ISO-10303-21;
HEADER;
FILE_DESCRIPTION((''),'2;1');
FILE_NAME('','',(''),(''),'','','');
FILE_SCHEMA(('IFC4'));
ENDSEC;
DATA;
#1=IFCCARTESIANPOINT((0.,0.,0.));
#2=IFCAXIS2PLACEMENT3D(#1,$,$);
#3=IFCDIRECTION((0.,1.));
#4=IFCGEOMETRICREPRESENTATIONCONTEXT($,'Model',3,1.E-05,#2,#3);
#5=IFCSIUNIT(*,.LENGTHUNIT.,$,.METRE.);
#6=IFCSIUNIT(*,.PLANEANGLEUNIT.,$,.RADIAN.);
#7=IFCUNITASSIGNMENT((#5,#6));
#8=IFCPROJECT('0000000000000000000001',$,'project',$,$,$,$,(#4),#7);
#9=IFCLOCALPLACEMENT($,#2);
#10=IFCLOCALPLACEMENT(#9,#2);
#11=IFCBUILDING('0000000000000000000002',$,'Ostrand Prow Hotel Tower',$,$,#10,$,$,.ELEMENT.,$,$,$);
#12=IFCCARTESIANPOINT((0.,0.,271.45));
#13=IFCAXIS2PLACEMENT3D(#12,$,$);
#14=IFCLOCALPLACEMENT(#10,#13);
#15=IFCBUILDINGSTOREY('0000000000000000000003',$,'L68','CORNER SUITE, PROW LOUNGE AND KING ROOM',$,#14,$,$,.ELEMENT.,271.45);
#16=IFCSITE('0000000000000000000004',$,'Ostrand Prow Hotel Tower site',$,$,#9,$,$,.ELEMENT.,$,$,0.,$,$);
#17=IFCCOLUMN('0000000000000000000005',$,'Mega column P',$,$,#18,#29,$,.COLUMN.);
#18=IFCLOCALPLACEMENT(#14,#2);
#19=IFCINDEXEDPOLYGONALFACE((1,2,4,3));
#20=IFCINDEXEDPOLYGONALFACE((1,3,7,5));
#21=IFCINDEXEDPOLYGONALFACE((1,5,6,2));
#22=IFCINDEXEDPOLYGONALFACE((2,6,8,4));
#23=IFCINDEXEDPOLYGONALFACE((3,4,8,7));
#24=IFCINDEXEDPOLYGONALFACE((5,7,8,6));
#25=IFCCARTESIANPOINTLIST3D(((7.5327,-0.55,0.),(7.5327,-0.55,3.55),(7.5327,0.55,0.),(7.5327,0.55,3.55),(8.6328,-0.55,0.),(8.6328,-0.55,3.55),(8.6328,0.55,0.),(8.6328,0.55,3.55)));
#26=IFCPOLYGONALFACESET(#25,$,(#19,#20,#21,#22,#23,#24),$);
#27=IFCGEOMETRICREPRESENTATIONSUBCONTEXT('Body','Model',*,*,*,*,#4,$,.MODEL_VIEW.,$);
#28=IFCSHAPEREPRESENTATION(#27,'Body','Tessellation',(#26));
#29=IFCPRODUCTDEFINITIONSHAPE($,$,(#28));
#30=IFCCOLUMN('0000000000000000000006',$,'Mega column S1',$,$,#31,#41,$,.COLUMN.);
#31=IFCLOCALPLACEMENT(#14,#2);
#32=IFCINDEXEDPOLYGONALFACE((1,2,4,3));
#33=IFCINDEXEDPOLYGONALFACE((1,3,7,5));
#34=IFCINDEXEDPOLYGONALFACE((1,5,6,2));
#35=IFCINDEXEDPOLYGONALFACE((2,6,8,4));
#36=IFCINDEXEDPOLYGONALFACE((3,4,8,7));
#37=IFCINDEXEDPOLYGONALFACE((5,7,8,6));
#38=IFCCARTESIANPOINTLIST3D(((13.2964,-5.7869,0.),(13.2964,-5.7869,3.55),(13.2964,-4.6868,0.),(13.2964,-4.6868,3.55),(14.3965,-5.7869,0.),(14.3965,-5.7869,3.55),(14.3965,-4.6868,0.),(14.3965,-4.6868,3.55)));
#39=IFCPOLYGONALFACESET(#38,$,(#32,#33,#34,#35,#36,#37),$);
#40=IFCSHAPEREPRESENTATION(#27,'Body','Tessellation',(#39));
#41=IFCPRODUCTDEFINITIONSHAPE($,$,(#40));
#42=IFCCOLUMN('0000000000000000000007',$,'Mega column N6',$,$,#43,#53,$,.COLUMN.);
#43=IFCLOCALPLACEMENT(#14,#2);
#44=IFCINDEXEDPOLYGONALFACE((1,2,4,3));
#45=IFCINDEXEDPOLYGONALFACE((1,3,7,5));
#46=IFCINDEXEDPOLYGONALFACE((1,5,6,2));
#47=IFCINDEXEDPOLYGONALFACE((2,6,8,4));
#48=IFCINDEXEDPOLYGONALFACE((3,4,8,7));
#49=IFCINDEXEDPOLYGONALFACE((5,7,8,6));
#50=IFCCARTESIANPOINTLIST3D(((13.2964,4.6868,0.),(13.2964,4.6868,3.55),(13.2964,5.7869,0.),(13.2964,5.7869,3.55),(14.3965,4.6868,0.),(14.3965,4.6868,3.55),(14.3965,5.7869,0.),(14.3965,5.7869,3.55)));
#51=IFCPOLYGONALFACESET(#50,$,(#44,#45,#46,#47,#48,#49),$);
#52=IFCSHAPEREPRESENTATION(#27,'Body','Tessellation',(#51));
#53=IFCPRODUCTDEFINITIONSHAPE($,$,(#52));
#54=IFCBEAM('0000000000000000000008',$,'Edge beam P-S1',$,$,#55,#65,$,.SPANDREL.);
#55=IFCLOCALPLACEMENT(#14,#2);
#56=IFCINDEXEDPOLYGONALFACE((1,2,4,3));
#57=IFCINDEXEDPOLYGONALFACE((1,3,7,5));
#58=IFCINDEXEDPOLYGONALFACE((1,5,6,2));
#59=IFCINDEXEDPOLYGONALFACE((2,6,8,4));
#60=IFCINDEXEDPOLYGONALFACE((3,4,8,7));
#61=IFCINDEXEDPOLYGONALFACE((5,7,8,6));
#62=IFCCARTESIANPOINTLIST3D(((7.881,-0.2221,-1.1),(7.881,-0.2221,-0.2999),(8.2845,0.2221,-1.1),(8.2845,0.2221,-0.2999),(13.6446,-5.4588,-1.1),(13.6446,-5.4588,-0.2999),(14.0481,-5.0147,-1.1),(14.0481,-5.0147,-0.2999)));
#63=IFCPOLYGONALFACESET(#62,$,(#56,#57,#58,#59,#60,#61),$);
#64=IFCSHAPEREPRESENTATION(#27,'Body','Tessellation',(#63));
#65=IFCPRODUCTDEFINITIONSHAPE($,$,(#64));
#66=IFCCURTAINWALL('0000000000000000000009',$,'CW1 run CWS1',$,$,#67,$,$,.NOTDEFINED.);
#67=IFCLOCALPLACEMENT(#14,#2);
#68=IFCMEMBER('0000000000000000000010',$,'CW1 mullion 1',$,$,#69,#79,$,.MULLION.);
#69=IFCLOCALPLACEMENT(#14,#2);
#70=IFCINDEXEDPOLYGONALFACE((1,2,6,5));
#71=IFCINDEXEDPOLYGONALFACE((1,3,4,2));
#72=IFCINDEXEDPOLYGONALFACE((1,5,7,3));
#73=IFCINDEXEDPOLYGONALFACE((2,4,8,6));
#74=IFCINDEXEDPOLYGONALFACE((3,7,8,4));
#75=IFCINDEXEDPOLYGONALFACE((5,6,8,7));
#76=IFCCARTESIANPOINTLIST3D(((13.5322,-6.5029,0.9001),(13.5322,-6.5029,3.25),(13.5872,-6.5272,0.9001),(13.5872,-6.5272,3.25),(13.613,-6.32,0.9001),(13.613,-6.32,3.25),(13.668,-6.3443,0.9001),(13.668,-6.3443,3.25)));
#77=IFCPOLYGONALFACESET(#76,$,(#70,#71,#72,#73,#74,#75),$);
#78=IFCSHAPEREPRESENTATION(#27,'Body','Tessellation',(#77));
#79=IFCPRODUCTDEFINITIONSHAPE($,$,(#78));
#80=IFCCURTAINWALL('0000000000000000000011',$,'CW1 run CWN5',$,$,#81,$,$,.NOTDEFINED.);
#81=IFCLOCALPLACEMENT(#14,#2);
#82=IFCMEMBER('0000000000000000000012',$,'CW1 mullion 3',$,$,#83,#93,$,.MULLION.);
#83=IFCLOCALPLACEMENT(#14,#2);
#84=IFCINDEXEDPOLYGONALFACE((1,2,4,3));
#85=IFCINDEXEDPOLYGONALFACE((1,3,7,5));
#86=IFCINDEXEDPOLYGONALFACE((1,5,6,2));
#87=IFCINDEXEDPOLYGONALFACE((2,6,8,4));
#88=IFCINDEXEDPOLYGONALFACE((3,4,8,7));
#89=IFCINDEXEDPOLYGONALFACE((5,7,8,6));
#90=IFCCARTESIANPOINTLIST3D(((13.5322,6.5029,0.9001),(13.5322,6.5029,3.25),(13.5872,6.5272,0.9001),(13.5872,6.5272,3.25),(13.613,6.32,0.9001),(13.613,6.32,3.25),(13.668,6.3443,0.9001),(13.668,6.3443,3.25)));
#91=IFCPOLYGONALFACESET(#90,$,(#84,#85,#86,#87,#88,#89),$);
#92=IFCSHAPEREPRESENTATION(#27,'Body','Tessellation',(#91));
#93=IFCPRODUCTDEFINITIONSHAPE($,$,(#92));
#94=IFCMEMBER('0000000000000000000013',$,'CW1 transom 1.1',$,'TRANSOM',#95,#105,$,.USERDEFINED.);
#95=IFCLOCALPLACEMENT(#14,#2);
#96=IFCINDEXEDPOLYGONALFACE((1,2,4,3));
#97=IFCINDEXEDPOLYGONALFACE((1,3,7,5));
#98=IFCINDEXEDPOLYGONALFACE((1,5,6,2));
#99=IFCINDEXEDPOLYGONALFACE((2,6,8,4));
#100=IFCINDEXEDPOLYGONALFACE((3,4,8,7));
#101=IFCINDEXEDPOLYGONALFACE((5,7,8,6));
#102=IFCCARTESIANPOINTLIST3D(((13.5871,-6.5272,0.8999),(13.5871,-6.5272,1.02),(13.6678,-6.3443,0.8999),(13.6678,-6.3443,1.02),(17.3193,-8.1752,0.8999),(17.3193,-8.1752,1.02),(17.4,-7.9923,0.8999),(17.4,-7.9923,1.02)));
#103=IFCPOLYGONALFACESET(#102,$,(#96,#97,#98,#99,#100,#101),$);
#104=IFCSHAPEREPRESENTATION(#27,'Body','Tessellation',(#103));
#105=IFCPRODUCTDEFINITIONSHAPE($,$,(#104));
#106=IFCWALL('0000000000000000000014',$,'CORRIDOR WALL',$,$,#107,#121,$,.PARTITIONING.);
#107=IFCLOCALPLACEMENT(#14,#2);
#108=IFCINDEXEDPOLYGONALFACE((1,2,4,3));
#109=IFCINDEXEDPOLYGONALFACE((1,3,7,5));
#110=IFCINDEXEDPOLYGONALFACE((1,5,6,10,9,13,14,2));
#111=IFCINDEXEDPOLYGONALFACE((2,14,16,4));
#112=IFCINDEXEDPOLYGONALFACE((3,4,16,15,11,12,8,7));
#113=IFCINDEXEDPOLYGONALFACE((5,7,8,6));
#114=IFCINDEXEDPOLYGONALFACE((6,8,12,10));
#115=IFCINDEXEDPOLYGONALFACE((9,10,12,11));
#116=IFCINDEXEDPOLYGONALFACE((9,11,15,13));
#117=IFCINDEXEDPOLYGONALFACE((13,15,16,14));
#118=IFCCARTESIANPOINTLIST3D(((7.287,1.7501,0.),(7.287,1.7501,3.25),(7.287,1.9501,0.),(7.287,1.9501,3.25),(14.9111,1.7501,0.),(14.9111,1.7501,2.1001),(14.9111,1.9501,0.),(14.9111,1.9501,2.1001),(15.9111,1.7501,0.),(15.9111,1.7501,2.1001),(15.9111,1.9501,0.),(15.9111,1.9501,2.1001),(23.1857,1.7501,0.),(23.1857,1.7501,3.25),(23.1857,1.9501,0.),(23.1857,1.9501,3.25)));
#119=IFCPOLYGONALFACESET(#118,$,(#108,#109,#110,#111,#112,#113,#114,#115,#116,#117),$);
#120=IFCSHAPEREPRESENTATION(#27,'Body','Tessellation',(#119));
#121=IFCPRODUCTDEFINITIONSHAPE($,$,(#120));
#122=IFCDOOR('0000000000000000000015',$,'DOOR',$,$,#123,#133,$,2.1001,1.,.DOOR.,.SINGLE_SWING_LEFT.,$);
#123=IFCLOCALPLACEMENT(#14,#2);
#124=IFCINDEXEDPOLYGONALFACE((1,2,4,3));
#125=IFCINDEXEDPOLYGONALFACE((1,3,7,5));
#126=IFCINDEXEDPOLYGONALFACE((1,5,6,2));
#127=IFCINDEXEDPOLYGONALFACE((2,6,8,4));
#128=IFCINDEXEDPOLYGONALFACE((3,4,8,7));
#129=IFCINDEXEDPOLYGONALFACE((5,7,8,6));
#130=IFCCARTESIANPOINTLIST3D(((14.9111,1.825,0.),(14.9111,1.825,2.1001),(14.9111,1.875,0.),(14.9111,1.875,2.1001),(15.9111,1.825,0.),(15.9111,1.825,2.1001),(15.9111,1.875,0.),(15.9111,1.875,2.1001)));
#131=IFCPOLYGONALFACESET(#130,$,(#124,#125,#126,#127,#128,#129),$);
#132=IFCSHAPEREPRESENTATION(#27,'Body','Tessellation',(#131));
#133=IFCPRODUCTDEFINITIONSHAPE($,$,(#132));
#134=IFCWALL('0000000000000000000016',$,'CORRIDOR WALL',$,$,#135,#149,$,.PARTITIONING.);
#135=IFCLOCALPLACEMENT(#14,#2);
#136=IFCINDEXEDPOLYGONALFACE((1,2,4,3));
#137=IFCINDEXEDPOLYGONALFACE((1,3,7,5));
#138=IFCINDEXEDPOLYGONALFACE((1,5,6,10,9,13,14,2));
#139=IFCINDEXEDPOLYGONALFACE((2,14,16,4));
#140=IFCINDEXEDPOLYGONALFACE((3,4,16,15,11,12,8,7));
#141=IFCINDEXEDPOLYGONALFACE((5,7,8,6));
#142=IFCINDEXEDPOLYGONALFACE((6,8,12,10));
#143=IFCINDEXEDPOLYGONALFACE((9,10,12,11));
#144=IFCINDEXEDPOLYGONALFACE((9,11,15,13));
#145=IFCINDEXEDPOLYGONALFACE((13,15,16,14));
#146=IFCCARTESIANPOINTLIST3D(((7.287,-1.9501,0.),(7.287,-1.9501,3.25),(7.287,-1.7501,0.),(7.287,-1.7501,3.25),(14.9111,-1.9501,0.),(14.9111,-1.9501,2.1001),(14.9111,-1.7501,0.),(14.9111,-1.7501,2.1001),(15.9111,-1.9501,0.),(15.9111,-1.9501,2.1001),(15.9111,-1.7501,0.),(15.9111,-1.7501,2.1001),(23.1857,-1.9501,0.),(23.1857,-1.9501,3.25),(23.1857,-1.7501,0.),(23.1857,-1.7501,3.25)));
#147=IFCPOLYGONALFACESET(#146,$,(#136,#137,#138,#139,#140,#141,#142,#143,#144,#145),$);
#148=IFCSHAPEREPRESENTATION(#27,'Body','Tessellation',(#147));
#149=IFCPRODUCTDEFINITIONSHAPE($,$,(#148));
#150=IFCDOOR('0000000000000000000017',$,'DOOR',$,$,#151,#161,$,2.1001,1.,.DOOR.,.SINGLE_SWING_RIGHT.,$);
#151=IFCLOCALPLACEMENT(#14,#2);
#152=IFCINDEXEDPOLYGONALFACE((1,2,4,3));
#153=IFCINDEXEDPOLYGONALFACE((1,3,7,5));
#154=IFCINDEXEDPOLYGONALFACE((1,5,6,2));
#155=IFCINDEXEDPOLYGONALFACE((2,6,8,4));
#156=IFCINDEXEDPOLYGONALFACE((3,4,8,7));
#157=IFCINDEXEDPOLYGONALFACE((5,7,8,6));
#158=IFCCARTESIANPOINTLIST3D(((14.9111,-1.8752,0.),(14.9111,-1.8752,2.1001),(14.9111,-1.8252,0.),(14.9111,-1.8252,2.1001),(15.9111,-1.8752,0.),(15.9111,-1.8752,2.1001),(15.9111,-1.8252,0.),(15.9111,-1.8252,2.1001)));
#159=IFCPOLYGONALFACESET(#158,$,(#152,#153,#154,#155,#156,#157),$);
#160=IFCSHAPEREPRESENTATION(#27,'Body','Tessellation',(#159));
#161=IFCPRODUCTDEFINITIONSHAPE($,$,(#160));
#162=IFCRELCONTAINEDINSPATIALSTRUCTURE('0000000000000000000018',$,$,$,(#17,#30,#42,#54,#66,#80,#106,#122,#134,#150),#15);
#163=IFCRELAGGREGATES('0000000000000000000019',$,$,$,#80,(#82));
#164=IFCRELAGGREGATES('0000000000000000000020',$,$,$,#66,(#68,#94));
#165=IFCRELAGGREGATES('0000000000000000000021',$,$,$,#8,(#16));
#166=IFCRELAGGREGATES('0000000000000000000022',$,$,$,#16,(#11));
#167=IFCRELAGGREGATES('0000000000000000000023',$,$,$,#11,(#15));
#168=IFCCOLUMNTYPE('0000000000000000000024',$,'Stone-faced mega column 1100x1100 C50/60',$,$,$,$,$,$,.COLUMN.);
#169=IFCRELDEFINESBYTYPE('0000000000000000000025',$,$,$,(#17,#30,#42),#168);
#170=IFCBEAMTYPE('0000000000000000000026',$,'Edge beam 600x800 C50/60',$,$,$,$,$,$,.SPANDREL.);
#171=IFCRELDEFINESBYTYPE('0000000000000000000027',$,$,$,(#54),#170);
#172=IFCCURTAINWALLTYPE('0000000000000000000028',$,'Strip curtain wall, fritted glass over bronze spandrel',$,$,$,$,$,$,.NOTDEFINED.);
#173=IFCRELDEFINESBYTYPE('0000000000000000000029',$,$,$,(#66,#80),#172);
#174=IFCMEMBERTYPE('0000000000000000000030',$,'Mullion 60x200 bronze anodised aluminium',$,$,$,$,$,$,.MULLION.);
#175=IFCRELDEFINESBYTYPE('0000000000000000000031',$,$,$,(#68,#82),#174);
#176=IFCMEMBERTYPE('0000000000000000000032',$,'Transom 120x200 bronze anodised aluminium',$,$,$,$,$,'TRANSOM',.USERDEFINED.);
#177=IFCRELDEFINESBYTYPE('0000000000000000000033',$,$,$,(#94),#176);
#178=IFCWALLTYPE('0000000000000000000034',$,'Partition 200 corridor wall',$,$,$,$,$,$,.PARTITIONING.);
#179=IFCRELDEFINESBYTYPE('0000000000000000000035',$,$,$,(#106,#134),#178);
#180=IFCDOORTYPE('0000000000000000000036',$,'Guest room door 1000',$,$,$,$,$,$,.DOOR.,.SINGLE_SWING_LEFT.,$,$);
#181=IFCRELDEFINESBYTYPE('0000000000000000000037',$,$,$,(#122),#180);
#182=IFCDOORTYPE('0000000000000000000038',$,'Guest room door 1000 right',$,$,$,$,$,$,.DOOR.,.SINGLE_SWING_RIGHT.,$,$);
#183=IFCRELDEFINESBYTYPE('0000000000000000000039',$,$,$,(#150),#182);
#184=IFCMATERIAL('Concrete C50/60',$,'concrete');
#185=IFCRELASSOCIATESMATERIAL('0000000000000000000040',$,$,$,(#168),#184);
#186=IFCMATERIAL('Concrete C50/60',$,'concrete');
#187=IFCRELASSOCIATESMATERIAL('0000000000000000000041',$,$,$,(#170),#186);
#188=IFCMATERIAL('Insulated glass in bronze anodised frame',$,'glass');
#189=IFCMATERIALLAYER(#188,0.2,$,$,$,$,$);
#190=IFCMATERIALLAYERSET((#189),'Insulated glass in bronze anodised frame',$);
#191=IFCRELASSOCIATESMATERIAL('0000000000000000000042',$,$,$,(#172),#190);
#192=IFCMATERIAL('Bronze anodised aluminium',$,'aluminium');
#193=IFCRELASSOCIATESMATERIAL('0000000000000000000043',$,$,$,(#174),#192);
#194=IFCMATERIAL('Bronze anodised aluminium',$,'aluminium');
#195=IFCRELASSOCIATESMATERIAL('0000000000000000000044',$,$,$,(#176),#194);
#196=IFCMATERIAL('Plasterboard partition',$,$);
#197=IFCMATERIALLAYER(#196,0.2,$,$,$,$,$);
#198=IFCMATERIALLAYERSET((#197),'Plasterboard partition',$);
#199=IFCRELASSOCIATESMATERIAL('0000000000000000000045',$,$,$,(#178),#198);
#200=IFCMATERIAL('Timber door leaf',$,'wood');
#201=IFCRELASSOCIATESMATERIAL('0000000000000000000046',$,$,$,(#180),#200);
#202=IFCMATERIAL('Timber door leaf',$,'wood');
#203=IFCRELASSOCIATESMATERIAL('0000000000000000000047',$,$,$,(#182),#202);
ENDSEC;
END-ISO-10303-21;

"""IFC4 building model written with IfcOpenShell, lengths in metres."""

from ifc_helpers import new_model, si_unit, direction, frame, frame_2d, origin, origin_2d, place, context, subcontext, project, spatial, rectangle, extrude, material, layer, layer_set, material_profile, profile_set, type_object, element, fill, aggregate, save


model = new_model("IFC4")

# Units and contexts
model_context = context("Model", 3, precision=1e-05, world=origin(), true_north=direction((0.0, 1.0)))
body_context = subcontext(model_context, "Body", "Model", "MODEL_VIEW")
ifc_project = project(units=[si_unit("LENGTHUNIT", "METRE"), si_unit("PLANEANGLEUNIT", "RADIAN")], contexts=[model_context])

# Site, building, storey
site_placement = place(None, origin())
site = spatial("IfcSite", under=ifc_project, at=site_placement, Name="Ostrand Prow Hotel Tower site", CompositionType="ELEMENT", RefElevation=0.0)
building_placement = place(site_placement, origin())
building = spatial("IfcBuilding", under=site, at=building_placement, Name="Ostrand Prow Hotel Tower", CompositionType="ELEMENT")
storey_placement = place(building_placement, frame((0.0, 0.0, 271.45)))
storey = spatial("IfcBuildingStorey", under=building, at=storey_placement, Name="L68", Description="CORNER SUITE, PROW LOUNGE AND KING ROOM", CompositionType="ELEMENT", Elevation=271.45)

# Columns
ifc_material_1 = material(Name="Concrete C50/60", Category="concrete")
ifc_material_profile_1 = material_profile(ifc_material_1, rectangle(XDim=1.1001, YDim=1.1001, at=origin_2d()), Name="RC 1100x1100")
ifc_profile_set_1 = profile_set([ifc_material_profile_1], Name="Concrete C50/60")
column_type = type_object("IfcColumnType", Name="Stone-faced mega column 1100x1100 C50/60", PredefinedType="COLUMN", material=ifc_profile_set_1)
for number, where, z_axis, x_axis, name in (
    (1, (8.0828, 0.0, 0.0), (0.0, 0.0, 1.0), (1.0, 0.0, 0.0), "Mega column P"),
    (2, (13.8464, -5.2368, 0.0), (0.0, 0.0, 1.0), (1.0, 0.0, 0.0), "Mega column S1"),
    (3, (13.8464, 5.2368, 0.0), (0.0, 0.0, 1.0), (1.0, 0.0, 0.0), "Mega column N6"),
):
    element("IfcColumn", number, at=place(storey_placement, frame(where, z_axis=z_axis, x_axis=x_axis)), inside=storey, type_object=column_type, Name=name, PredefinedType="COLUMN", context=body_context, shape_type="SweptSolid", body=[
        extrude(rectangle(XDim=1.1001, YDim=1.1001, at=origin_2d()), origin(), (0.0, 0.0, 1.0), 3.55),
    ])

# Beam
ifc_material_2 = material(Name="Concrete C50/60", Category="concrete")
ifc_material_profile_2 = material_profile(ifc_material_2, rectangle(XDim=0.6001, YDim=0.8, at=origin_2d()), Name="RC 600x800")
ifc_profile_set_2 = profile_set([ifc_material_profile_2], Name="Concrete C50/60")
beam_type = type_object("IfcBeamType", Name="Edge beam 600x800 C50/60", PredefinedType="SPANDREL", material=ifc_profile_set_2)
beam_placement = place(storey_placement, frame((8.0828, 0.0, -0.7), z_axis=(0.740124, -0.67247, 0.0), x_axis=(0.67247, 0.740124, 0.0)))
element("IfcBeam", 4, at=beam_placement, inside=storey, type_object=beam_type, Name="Edge beam P-S1", PredefinedType="SPANDREL", context=body_context, shape_type="SweptSolid", body=[
    extrude(rectangle(XDim=0.6001, YDim=0.8, at=origin_2d()), origin(), (0.0, 0.0, 1.0), 7.7874),
])

# Curtain walls, members
ifc_material_3 = material(Name="Insulated glass in bronze anodised frame", Category="glass")
ifc_layer_1 = layer(ifc_material_3, 0.2)
ifc_layer_set_1 = layer_set([ifc_layer_1], Name="Insulated glass in bronze anodised frame")
curtain_wall_type = type_object("IfcCurtainWallType", Name="Strip curtain wall, fritted glass over bronze spandrel", PredefinedType="NOTDEFINED", material=ifc_layer_set_1)
curtain_wall_1_placement = place(storey_placement, origin())
curtain_wall_1 = element("IfcCurtainWall", 5, at=curtain_wall_1_placement, inside=storey, type_object=curtain_wall_type, Name="CW1 run CWS1", PredefinedType="NOTDEFINED")
ifc_material_4 = material(Name="Bronze anodised aluminium", Category="aluminium")
ifc_material_profile_3 = material_profile(ifc_material_4, rectangle(XDim=0.2, YDim=0.0601, at=origin_2d()), Name="Mullion 60x200 bronze anodised aluminium")
ifc_profile_set_3 = profile_set([ifc_material_profile_3], Name="Bronze anodised aluminium")
member_type_1 = type_object("IfcMemberType", Name="Mullion 60x200 bronze anodised aluminium", PredefinedType="MULLION", material=ifc_profile_set_3)
member_1_placement = place(storey_placement, frame((13.6001, -6.4236, 0.9001), z_axis=(0.0, 0.0, 1.0), x_axis=(0.40394, 0.914786, 0.0)))
member_1 = element("IfcMember", 6, at=member_1_placement, type_object=member_type_1, Name="CW1 mullion 1", PredefinedType="MULLION", context=body_context, shape_type="SweptSolid", body=[
    extrude(rectangle(XDim=0.2, YDim=0.0601, at=origin_2d()), origin(), (0.0, 0.0, 1.0), 2.3499),
])
curtain_wall_2_placement = place(storey_placement, origin())
curtain_wall_2 = element("IfcCurtainWall", 7, at=curtain_wall_2_placement, inside=storey, type_object=curtain_wall_type, Name="CW1 run CWN5", PredefinedType="NOTDEFINED")
member_2_placement = place(storey_placement, frame((13.6001, 6.4236, 0.9001), z_axis=(0.0, 0.0, 1.0), x_axis=(0.40394, -0.914786, 0.0)))
member_2 = element("IfcMember", 8, at=member_2_placement, type_object=member_type_1, Name="CW1 mullion 3", PredefinedType="MULLION", context=body_context, shape_type="SweptSolid", body=[
    extrude(rectangle(XDim=0.2, YDim=0.0601, at=origin_2d()), origin(), (0.0, 0.0, 1.0), 2.3499),
])
aggregate(curtain_wall_2, [member_2])

# Member
ifc_material_5 = material(Name="Bronze anodised aluminium", Category="aluminium")
ifc_material_profile_4 = material_profile(ifc_material_5, rectangle(XDim=0.2, YDim=0.1201, at=origin_2d()), Name="Transom 120x200 bronze anodised aluminium")
ifc_profile_set_4 = profile_set([ifc_material_profile_4], Name="Bronze anodised aluminium")
member_type_2 = type_object("IfcMemberType", Name="Transom 120x200 bronze anodised aluminium", ElementType="TRANSOM", PredefinedType="USERDEFINED", material=ifc_profile_set_4)
member_3_placement = place(storey_placement, frame((13.6274, -6.4358, 0.96), z_axis=(0.914791, -0.403927, 0.0), x_axis=(0.403927, 0.914791, 0.0)))
member_3 = element("IfcMember", 9, at=member_3_placement, type_object=member_type_2, Name="CW1 transom 1.1", ObjectType="TRANSOM", PredefinedType="USERDEFINED", context=body_context, shape_type="SweptSolid", body=[
    extrude(rectangle(XDim=0.2, YDim=0.1201, at=origin_2d()), origin(), (0.0, 0.0, 1.0), 4.0798),
])
aggregate(curtain_wall_1, [member_1, member_3])

# Walls, openings, doors
ifc_material_6 = material(Name="Plasterboard partition")
ifc_layer_2 = layer(ifc_material_6, 0.2)
ifc_layer_set_2 = layer_set([ifc_layer_2], Name="Plasterboard partition")
wall_type_1 = type_object("IfcWallType", Name="Partition 200 corridor wall", PredefinedType="PARTITIONING", material=ifc_layer_set_2)
wall_1_placement = place(storey_placement, frame((7.2871, 1.8501, 0.0), z_axis=(0.0, 0.0, 1.0), x_axis=(1.0, 0.0, 0.0)))
wall_1 = element("IfcWall", 10, at=wall_1_placement, inside=storey, type_object=wall_type_1, Name="CORRIDOR WALL", PredefinedType="PARTITIONING", context=body_context, shape_type="SweptSolid", body=[
    extrude(rectangle(XDim=15.8987, YDim=0.2, at=frame_2d((7.9492, 0.0))), origin(), (0.0, 0.0, 1.0), 3.25),
])
opening_1_placement = place(wall_1_placement, frame((7.624, 0.0, 0.0)))
opening_1 = element("IfcOpeningElement", 11, at=opening_1_placement, cuts=wall_1, PredefinedType="OPENING", context=body_context, shape_type="SweptSolid", body=[
    extrude(rectangle(XDim=1.0, YDim=2.1001, at=frame_2d((0.5, 1.05))), frame((0.0, 0.1099, 0.0), z_axis=(0.0, -1.0, 0.0), x_axis=(1.0, 0.0, 0.0)), (0.0, 0.0, 1.0), 0.22),
])
ifc_material_7 = material(Name="Timber door leaf", Category="wood")
door_type_1 = type_object("IfcDoorType", Name="Guest room door 1000", OperationType="SINGLE_SWING_LEFT", PredefinedType="DOOR", material=ifc_material_7)
door_1_placement = place(opening_1_placement, origin())
door_1 = element("IfcDoor", 12, at=door_1_placement, inside=storey, type_object=door_type_1, Name="DOOR", OperationType="SINGLE_SWING_LEFT", OverallHeight=2.1001, OverallWidth=1.0, PredefinedType="DOOR", context=body_context, shape_type="SweptSolid", body=[
    extrude(rectangle(XDim=1.0, YDim=2.1001, at=frame_2d((0.5, 1.05))), frame((0.0, 0.0249, 0.0), z_axis=(0.0, -1.0, 0.0), x_axis=(1.0, 0.0, 0.0)), (0.0, 0.0, 1.0), 0.05),
])
fill(opening_1, door_1)
wall_2_placement = place(storey_placement, frame((7.2871, -1.8501, 0.0), z_axis=(0.0, 0.0, 1.0), x_axis=(1.0, 0.0, 0.0)))
wall_2 = element("IfcWall", 13, at=wall_2_placement, inside=storey, type_object=wall_type_1, Name="CORRIDOR WALL", PredefinedType="PARTITIONING", context=body_context, shape_type="SweptSolid", body=[
    extrude(rectangle(XDim=15.8987, YDim=0.2, at=frame_2d((7.9492, 0.0))), origin(), (0.0, 0.0, 1.0), 3.25),
])
opening_2_placement = place(wall_2_placement, frame((7.624, 0.0, 0.0)))
opening_2 = element("IfcOpeningElement", 14, at=opening_2_placement, cuts=wall_2, PredefinedType="OPENING", context=body_context, shape_type="SweptSolid", body=[
    extrude(rectangle(XDim=1.0, YDim=2.1001, at=frame_2d((0.5, 1.05))), frame((0.0, 0.1099, 0.0), z_axis=(0.0, -1.0, 0.0), x_axis=(1.0, 0.0, 0.0)), (0.0, 0.0, 1.0), 0.22),
])
ifc_material_8 = material(Name="Timber door leaf", Category="wood")
door_type_2 = type_object("IfcDoorType", Name="Guest room door 1000 right", OperationType="SINGLE_SWING_RIGHT", PredefinedType="DOOR", material=ifc_material_8)
door_2_placement = place(opening_2_placement, origin())
door_2 = element("IfcDoor", 15, at=door_2_placement, inside=storey, type_object=door_type_2, Name="DOOR", OperationType="SINGLE_SWING_RIGHT", OverallHeight=2.1001, OverallWidth=1.0, PredefinedType="DOOR", context=body_context, shape_type="SweptSolid", body=[
    extrude(rectangle(XDim=1.0, YDim=2.1001, at=frame_2d((0.5, 1.05))), frame((0.0, 0.0249, 0.0), z_axis=(0.0, -1.0, 0.0), x_axis=(1.0, 0.0, 0.0)), (0.0, 0.0, 1.0), 0.05),
])
fill(opening_2, door_2)

save(model, "model.ifc")
